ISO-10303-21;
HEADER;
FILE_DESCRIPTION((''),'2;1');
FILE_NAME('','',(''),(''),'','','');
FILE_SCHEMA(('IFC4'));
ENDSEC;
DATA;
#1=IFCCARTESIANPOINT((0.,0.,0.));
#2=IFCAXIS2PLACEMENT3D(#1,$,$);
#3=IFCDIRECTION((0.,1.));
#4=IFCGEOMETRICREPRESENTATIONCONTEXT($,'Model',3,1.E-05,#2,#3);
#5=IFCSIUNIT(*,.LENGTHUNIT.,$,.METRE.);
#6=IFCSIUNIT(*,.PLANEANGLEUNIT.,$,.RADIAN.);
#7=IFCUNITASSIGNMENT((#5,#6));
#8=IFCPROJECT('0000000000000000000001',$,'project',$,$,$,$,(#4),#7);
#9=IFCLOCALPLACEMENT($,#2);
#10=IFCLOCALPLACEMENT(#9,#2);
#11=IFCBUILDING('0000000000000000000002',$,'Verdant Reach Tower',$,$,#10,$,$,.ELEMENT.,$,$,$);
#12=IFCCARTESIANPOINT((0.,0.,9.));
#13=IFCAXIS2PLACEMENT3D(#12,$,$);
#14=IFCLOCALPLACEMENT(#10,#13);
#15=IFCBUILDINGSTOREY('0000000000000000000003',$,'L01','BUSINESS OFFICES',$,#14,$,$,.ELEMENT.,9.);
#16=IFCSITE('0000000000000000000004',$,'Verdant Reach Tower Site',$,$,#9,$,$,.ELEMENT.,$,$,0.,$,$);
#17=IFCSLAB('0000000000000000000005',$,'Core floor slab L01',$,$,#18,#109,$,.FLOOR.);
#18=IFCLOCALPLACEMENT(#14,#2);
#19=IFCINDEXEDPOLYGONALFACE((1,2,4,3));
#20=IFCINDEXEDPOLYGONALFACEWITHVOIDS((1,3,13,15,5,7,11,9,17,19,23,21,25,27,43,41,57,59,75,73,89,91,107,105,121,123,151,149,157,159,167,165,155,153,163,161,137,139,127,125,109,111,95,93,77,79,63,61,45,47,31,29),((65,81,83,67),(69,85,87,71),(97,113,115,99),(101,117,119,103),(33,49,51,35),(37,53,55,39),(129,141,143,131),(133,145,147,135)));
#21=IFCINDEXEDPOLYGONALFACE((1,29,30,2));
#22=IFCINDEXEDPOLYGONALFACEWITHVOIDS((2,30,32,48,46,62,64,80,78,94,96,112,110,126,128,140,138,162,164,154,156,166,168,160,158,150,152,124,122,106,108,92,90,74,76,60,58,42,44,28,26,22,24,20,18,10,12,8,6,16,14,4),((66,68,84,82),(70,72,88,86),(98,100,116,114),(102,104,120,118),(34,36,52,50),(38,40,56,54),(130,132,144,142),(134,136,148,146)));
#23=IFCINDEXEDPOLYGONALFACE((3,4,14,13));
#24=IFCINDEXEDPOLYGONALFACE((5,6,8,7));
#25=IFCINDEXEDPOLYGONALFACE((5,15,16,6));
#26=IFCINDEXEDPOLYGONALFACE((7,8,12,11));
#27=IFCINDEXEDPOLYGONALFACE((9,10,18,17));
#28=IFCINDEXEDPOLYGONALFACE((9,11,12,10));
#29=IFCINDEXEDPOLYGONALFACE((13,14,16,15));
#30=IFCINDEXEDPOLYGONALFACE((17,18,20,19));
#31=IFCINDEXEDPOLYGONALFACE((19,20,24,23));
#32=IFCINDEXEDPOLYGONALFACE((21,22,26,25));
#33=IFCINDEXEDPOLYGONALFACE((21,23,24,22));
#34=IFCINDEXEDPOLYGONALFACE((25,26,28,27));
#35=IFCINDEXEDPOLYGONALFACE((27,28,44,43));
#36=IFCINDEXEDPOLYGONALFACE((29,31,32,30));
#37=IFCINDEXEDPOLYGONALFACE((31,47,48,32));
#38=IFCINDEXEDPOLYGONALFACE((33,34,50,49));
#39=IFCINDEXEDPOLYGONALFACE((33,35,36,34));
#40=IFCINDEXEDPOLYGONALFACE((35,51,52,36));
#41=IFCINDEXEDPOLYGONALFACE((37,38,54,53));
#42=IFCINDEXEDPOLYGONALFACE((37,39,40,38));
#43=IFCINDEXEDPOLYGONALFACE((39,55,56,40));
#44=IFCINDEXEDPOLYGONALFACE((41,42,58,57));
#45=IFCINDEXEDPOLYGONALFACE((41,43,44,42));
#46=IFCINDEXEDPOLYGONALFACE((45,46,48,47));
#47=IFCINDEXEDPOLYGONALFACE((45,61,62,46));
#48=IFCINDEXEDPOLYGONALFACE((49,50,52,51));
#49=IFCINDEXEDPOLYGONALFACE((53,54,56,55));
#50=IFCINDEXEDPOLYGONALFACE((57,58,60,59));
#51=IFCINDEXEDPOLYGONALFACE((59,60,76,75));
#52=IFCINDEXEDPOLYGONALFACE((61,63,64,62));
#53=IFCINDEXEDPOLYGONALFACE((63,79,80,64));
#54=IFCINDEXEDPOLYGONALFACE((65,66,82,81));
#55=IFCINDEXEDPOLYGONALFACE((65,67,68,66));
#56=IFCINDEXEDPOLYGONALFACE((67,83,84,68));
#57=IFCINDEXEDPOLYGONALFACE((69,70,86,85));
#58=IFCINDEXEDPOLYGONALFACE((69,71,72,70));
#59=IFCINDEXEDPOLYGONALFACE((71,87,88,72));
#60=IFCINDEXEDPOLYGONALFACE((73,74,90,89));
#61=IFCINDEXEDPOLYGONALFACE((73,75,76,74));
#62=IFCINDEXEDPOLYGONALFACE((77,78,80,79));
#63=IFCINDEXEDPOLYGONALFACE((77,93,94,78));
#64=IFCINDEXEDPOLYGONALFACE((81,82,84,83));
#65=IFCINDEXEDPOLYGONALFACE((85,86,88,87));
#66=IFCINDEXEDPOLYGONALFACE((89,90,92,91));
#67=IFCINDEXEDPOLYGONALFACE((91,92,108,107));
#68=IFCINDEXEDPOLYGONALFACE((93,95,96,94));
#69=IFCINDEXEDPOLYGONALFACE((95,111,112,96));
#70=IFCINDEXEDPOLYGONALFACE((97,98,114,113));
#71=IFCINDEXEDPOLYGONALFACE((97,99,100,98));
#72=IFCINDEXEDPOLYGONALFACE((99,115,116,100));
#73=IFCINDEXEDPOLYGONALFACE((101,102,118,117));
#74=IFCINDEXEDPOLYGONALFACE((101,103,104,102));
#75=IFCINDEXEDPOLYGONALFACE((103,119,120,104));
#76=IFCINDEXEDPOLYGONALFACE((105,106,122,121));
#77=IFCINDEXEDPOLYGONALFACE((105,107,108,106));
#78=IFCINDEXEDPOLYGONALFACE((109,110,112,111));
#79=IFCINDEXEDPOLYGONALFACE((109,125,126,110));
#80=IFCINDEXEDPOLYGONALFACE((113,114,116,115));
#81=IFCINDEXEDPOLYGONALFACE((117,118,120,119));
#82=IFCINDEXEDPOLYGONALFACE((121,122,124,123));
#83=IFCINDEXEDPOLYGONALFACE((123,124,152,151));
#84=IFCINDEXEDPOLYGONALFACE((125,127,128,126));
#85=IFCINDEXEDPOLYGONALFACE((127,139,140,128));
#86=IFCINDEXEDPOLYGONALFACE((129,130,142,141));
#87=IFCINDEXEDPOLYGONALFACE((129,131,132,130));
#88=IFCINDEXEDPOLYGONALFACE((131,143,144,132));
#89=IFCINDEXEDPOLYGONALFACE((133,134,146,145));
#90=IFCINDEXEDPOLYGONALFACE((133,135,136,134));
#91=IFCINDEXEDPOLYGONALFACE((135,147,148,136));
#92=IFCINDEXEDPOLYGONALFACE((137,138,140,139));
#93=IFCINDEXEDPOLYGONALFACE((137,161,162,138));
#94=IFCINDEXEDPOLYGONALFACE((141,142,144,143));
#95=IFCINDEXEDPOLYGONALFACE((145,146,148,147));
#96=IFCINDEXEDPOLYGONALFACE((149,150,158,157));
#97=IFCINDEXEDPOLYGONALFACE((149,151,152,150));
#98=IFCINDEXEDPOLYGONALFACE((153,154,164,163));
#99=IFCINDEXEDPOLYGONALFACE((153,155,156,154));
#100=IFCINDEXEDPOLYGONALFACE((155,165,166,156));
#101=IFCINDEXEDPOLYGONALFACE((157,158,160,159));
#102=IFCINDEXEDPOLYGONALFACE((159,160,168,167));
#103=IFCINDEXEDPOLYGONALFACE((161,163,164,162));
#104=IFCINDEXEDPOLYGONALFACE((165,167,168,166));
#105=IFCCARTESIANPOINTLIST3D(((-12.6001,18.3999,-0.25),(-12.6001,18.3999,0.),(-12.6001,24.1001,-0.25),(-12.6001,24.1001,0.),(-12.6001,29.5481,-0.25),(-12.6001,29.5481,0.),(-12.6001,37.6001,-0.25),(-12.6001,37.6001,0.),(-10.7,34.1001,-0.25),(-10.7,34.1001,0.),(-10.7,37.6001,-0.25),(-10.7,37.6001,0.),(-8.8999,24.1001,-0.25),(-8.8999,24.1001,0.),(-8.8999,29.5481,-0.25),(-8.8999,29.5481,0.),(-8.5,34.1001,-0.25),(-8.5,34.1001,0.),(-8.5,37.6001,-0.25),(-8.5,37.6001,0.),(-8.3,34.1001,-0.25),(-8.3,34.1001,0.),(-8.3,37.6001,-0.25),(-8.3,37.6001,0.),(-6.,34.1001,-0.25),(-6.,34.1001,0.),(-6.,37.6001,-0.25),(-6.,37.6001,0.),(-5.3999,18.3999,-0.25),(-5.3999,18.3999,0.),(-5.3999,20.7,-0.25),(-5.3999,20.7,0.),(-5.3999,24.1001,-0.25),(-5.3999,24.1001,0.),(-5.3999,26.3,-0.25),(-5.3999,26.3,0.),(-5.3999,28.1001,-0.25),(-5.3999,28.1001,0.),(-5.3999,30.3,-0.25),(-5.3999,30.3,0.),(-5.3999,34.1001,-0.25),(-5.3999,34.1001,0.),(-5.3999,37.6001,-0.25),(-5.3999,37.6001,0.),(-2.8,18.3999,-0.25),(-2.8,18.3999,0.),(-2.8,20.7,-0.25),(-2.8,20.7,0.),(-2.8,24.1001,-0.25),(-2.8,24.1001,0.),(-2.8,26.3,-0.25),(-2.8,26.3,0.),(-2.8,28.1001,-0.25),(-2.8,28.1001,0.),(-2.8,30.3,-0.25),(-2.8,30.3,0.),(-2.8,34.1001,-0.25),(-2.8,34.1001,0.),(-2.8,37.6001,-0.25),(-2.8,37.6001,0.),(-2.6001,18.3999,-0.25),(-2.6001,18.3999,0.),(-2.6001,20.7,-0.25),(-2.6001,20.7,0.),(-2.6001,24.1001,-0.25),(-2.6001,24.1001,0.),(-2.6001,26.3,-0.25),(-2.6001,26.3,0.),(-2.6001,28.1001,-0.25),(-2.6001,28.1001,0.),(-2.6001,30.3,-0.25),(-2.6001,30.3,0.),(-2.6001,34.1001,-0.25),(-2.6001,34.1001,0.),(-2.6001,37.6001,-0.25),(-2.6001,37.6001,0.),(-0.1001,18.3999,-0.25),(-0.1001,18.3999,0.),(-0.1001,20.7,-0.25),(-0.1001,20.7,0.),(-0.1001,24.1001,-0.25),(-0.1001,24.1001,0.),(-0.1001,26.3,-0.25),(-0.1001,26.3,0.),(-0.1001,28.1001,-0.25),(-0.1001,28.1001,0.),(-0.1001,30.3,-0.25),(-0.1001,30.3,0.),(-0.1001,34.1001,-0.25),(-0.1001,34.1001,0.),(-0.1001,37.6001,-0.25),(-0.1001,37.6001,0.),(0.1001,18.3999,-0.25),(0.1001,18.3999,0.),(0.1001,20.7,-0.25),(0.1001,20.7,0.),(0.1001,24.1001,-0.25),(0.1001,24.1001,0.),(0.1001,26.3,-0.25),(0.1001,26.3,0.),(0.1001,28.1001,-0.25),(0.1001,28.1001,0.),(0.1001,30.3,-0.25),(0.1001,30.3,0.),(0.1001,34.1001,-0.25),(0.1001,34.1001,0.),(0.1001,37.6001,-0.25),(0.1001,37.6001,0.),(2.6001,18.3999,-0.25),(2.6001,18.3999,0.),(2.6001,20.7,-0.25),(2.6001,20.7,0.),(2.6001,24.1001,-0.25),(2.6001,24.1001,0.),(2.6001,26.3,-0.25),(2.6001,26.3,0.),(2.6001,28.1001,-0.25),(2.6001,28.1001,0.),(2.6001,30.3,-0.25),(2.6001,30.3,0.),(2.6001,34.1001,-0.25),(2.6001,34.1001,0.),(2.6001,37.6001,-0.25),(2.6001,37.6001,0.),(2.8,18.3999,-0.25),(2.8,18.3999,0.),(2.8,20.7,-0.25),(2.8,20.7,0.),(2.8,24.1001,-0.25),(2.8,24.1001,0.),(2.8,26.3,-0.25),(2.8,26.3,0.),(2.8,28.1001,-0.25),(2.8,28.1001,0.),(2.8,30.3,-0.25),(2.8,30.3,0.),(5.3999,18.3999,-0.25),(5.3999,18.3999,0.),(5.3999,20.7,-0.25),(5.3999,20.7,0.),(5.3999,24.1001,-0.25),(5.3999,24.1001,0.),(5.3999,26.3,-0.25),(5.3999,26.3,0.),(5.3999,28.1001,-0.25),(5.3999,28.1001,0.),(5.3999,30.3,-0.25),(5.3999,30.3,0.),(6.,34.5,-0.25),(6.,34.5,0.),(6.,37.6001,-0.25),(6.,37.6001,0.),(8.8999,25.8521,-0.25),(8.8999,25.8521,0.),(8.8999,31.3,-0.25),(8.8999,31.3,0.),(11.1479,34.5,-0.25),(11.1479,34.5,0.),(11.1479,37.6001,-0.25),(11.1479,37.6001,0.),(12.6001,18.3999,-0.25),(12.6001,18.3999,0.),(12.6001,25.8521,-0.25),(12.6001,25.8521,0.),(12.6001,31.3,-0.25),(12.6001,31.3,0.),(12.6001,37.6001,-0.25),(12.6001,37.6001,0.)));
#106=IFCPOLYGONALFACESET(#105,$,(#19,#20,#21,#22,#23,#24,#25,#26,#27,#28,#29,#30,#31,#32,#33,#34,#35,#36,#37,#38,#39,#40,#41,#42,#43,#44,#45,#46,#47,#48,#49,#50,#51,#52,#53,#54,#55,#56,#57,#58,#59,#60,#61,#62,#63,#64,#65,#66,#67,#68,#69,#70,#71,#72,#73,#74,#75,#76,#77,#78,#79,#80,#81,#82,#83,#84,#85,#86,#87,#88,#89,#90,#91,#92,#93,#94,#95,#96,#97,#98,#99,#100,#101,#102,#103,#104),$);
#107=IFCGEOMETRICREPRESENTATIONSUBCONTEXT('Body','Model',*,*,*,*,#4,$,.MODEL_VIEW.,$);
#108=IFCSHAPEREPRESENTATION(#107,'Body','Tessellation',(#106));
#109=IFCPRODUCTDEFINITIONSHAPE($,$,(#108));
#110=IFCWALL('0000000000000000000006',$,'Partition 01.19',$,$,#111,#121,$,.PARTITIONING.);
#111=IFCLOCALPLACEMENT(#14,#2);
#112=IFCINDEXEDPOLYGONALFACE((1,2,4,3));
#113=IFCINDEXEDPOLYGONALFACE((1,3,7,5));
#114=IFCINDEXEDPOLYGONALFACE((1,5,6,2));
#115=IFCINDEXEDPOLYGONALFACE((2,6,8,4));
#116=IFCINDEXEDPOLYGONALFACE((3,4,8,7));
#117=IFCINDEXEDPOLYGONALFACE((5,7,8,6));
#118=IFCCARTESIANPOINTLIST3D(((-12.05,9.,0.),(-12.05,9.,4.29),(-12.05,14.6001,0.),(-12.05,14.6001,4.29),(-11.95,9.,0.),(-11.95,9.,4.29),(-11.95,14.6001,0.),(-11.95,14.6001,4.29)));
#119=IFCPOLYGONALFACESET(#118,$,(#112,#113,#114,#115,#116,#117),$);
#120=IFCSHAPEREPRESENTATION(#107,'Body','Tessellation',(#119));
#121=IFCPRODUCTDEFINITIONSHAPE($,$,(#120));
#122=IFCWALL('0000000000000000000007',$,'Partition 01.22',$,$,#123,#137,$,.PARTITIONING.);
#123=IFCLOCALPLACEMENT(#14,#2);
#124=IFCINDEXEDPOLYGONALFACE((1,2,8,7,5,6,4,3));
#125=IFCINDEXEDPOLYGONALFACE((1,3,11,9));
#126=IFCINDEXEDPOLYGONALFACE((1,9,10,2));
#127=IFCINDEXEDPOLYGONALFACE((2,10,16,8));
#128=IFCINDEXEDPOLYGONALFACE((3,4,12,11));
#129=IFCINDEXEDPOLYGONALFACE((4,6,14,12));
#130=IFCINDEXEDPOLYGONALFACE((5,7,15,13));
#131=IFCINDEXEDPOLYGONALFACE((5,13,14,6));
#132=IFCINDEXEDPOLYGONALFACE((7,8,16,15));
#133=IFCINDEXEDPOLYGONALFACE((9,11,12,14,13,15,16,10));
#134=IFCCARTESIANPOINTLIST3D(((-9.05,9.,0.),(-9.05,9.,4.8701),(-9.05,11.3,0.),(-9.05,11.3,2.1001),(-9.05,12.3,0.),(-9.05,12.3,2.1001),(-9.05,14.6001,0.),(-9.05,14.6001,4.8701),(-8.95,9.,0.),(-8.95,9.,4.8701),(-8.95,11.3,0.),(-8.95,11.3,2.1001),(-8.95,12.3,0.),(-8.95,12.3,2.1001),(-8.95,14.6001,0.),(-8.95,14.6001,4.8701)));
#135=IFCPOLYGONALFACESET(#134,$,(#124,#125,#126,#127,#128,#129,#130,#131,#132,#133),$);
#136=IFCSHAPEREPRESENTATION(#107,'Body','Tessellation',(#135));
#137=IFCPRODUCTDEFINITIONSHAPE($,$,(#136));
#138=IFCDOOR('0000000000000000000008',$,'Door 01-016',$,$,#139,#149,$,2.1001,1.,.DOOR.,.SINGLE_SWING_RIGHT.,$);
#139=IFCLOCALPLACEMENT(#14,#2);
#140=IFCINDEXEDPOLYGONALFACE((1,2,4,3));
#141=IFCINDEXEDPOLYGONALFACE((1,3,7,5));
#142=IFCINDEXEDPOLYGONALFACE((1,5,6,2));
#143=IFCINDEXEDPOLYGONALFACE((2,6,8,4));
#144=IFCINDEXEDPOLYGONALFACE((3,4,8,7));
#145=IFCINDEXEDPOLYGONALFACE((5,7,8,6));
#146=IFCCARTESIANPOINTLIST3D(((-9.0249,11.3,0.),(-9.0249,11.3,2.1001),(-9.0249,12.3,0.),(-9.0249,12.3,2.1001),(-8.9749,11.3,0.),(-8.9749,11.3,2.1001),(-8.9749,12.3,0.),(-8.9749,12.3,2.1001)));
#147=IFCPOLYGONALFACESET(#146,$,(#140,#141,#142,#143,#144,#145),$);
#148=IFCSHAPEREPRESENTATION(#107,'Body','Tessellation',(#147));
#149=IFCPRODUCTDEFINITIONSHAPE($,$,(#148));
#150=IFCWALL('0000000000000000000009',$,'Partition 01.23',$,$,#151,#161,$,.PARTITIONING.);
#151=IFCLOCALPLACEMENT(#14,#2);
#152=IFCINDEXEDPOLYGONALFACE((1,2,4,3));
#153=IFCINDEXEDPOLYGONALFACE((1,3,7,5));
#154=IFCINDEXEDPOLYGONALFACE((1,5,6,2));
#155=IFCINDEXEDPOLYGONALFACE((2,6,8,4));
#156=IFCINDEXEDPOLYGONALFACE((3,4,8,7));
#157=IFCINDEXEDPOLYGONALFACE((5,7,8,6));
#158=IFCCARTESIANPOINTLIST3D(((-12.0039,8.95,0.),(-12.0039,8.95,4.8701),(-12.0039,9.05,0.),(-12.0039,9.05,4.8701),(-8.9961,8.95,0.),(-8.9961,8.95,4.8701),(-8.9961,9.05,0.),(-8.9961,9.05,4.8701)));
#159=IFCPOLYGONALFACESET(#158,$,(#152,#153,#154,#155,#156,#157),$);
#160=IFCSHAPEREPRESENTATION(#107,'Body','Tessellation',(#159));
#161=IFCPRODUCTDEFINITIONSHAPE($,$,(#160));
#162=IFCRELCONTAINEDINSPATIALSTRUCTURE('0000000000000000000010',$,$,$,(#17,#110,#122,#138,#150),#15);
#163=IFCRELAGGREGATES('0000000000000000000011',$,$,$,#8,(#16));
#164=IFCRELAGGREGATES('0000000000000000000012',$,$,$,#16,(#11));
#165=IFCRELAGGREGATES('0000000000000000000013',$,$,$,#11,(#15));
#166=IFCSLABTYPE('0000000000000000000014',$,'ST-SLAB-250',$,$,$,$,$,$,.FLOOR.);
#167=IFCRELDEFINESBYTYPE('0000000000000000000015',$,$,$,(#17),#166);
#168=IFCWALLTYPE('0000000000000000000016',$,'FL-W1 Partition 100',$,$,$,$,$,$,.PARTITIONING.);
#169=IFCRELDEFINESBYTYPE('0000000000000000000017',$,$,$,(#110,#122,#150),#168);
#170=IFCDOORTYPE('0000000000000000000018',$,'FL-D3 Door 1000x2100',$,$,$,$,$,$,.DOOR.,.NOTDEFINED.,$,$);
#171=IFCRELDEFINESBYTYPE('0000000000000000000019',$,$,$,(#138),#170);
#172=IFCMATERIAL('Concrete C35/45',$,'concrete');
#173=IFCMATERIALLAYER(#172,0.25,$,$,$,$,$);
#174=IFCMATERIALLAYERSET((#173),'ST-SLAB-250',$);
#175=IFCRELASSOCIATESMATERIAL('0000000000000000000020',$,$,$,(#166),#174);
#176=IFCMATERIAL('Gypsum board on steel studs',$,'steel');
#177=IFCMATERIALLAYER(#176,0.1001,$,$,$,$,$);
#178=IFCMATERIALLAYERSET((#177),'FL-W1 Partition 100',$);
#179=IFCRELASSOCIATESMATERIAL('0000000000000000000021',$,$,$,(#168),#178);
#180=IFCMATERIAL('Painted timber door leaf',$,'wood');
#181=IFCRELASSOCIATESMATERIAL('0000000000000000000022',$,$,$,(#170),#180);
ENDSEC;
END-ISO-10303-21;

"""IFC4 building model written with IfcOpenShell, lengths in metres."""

from ifc_helpers import new_model, si_unit, direction, frame, frame_2d, origin, place, context, subcontext, project, spatial, polyline, rectangle, outline, extrude, material, layer, layer_set, type_object, element, fill, save


model = new_model("IFC4")

# Units and contexts
model_context = context("Model", 3, precision=1e-05, world=origin(), true_north=direction((0.0, 1.0)))
body_context = subcontext(model_context, "Body", "Model", "MODEL_VIEW")
ifc_project = project(units=[si_unit("LENGTHUNIT", "METRE"), si_unit("PLANEANGLEUNIT", "RADIAN")], contexts=[model_context])

# Site, building, storey
site_placement = place(None, origin())
site = spatial("IfcSite", under=ifc_project, at=site_placement, Name="Verdant Reach Tower Site", CompositionType="ELEMENT", RefElevation=0.0)
building_placement = place(site_placement, origin())
building = spatial("IfcBuilding", under=site, at=building_placement, Name="Verdant Reach Tower", CompositionType="ELEMENT")
storey_placement = place(building_placement, frame((0.0, 0.0, 9.0)))
storey = spatial("IfcBuildingStorey", under=building, at=storey_placement, Name="L01", Description="BUSINESS OFFICES", CompositionType="ELEMENT", Elevation=9.0)

# Slab
ifc_material_1 = material(Name="Concrete C35/45", Category="concrete")
ifc_layer_1 = layer(ifc_material_1, 0.25)
ifc_layer_set_1 = layer_set([ifc_layer_1], Name="ST-SLAB-250")
slab_type_1 = type_object("IfcSlabType", Name="ST-SLAB-250", PredefinedType="FLOOR", material=ifc_layer_set_1)
slab_1_placement = place(storey_placement, frame((0.0, 0.0, -0.25)))
element("IfcSlab", 1, at=slab_1_placement, inside=storey, type_object=slab_type_1, Name="Core floor slab L01", PredefinedType="FLOOR", context=body_context, shape_type="SweptSolid", body=[
    extrude(outline(polyline([(12.6001, 18.3999), (5.3999, 18.3999), (5.3999, 20.7), (2.8, 20.7), (2.8, 18.3999), (2.6001, 18.3999), (2.6001, 20.7), (0.1001, 20.7), (0.1001, 18.3999), (-0.1001, 18.3999), (-0.1001, 20.7), (-2.6001, 20.7), (-2.6001, 18.3999), (-2.8, 18.3999), (-2.8, 20.7), (-5.3999, 20.7), (-5.3999, 18.3999), (-12.6001, 18.3999), (-12.6001, 24.1001), (-8.8999, 24.1001), (-8.8999, 29.5481), (-12.6001, 29.5481), (-12.6001, 37.6001), (-10.7, 37.6001), (-10.7, 34.1001), (-8.5, 34.1001), (-8.5, 37.6001), (-8.3, 37.6001), (-8.3, 34.1001), (-6.0, 34.1001), (-6.0, 37.6001), (-5.3999, 37.6001), (-5.3999, 34.1001), (-2.8, 34.1001), (-2.8, 37.6001), (-2.6001, 37.6001), (-2.6001, 34.1001), (-0.1001, 34.1001), (-0.1001, 37.6001), (0.1001, 37.6001), (0.1001, 34.1001), (2.6001, 34.1001), (2.6001, 37.6001), (6.0, 37.6001), (6.0, 34.5), (11.1479, 34.5), (11.1479, 37.6001), (12.6001, 37.6001), (12.6001, 31.3), (8.8999, 31.3), (8.8999, 25.8521), (12.6001, 25.8521), (12.6001, 18.3999)]), holes=[polyline([(-2.8, 24.1001), (-2.8, 26.3), (-5.3999, 26.3), (-5.3999, 24.1001), (-2.8, 24.1001)]), polyline([(-2.6001, 24.1001), (-0.1001, 24.1001), (-0.1001, 26.3), (-2.6001, 26.3), (-2.6001, 24.1001)]), polyline([(-2.8, 28.1001), (-2.8, 30.3), (-5.3999, 30.3), (-5.3999, 28.1001), (-2.8, 28.1001)]), polyline([(-0.1001, 28.1001), (-0.1001, 30.3), (-2.6001, 30.3), (-2.6001, 28.1001), (-0.1001, 28.1001)]), polyline([(2.6001, 24.1001), (2.6001, 26.3), (0.1001, 26.3), (0.1001, 24.1001), (2.6001, 24.1001)]), polyline([(2.8, 24.1001), (5.3999, 24.1001), (5.3999, 26.3), (2.8, 26.3), (2.8, 24.1001)]), polyline([(2.6001, 28.1001), (2.6001, 30.3), (0.1001, 30.3), (0.1001, 28.1001), (2.6001, 28.1001)]), polyline([(5.3999, 28.1001), (5.3999, 30.3), (2.8, 30.3), (2.8, 28.1001), (5.3999, 28.1001)])]), origin(), (0.0, 0.0, 1.0), 0.25),
])

# Wall
ifc_material_2 = material(Name="Gypsum board on steel studs", Category="steel")
ifc_layer_2 = layer(ifc_material_2, 0.1001)
ifc_layer_set_2 = layer_set([ifc_layer_2], Name="FL-W1 Partition 100")
wall_type = type_object("IfcWallType", Name="FL-W1 Partition 100", PredefinedType="PARTITIONING", material=ifc_layer_set_2)
wall_1_placement = place(storey_placement, frame((-12.0, 9.0, 0.0), z_axis=(0.0, 0.0, 1.0), x_axis=(0.0, 1.0, 0.0)))
element("IfcWall", 2, at=wall_1_placement, inside=storey, type_object=wall_type, Name="Partition 01.19", PredefinedType="PARTITIONING", context=body_context, shape_type="SweptSolid", body=[
    extrude(rectangle(XDim=5.6001, YDim=0.1001, at=frame_2d((2.8, 0.0))), origin(), (0.0, 0.0, 1.0), 4.29),
])

# Wall, opening, door
wall_2_placement = place(storey_placement, frame((-9.0, 9.0, 0.0), z_axis=(0.0, 0.0, 1.0), x_axis=(0.0, 1.0, 0.0)))
wall_2 = element("IfcWall", 3, at=wall_2_placement, inside=storey, type_object=wall_type, Name="Partition 01.22", PredefinedType="PARTITIONING", context=body_context, shape_type="SweptSolid", body=[
    extrude(rectangle(XDim=5.6001, YDim=0.1001, at=frame_2d((2.8, 0.0))), origin(), (0.0, 0.0, 1.0), 4.8701),
])
opening_1_placement = place(wall_2_placement, frame((2.3, 0.0, 0.0)))
opening_1 = element("IfcOpeningElement", 4, at=opening_1_placement, cuts=wall_2, PredefinedType="OPENING", context=body_context, shape_type="SweptSolid", body=[
    extrude(rectangle(XDim=1.0, YDim=2.1001, at=frame_2d((0.5, 1.05))), frame((0.0, 0.0601, 0.0), z_axis=(0.0, -1.0, 0.0), x_axis=(1.0, 0.0, 0.0)), (0.0, 0.0, 1.0), 0.1201),
])
ifc_material_3 = material(Name="Painted timber door leaf", Category="wood")
door_type = type_object("IfcDoorType", Name="FL-D3 Door 1000x2100", OperationType="NOTDEFINED", PredefinedType="DOOR", material=ifc_material_3)
door_1_placement = place(opening_1_placement, origin())
door_1 = element("IfcDoor", 5, at=door_1_placement, inside=storey, type_object=door_type, Name="Door 01-016", OperationType="SINGLE_SWING_RIGHT", OverallHeight=2.1001, OverallWidth=1.0, PredefinedType="DOOR", context=body_context, shape_type="SweptSolid", body=[
    extrude(rectangle(XDim=1.0, YDim=2.1001, at=frame_2d((0.5, 1.05))), frame((0.0, 0.0249, 0.0), z_axis=(0.0, -1.0, 0.0), x_axis=(1.0, 0.0, 0.0)), (0.0, 0.0, 1.0), 0.05),
])
fill(opening_1, door_1)

# Wall
wall_3_placement = place(storey_placement, frame((-12.0039, 9.0, 0.0), z_axis=(0.0, 0.0, 1.0), x_axis=(1.0, 0.0, 0.0)))
element("IfcWall", 6, at=wall_3_placement, inside=storey, type_object=wall_type, Name="Partition 01.23", PredefinedType="PARTITIONING", context=body_context, shape_type="SweptSolid", body=[
    extrude(rectangle(XDim=3.0078, YDim=0.1001, at=frame_2d((1.5039, 0.0))), origin(), (0.0, 0.0, 1.0), 4.8701),
])

save(model, "model.ifc")
